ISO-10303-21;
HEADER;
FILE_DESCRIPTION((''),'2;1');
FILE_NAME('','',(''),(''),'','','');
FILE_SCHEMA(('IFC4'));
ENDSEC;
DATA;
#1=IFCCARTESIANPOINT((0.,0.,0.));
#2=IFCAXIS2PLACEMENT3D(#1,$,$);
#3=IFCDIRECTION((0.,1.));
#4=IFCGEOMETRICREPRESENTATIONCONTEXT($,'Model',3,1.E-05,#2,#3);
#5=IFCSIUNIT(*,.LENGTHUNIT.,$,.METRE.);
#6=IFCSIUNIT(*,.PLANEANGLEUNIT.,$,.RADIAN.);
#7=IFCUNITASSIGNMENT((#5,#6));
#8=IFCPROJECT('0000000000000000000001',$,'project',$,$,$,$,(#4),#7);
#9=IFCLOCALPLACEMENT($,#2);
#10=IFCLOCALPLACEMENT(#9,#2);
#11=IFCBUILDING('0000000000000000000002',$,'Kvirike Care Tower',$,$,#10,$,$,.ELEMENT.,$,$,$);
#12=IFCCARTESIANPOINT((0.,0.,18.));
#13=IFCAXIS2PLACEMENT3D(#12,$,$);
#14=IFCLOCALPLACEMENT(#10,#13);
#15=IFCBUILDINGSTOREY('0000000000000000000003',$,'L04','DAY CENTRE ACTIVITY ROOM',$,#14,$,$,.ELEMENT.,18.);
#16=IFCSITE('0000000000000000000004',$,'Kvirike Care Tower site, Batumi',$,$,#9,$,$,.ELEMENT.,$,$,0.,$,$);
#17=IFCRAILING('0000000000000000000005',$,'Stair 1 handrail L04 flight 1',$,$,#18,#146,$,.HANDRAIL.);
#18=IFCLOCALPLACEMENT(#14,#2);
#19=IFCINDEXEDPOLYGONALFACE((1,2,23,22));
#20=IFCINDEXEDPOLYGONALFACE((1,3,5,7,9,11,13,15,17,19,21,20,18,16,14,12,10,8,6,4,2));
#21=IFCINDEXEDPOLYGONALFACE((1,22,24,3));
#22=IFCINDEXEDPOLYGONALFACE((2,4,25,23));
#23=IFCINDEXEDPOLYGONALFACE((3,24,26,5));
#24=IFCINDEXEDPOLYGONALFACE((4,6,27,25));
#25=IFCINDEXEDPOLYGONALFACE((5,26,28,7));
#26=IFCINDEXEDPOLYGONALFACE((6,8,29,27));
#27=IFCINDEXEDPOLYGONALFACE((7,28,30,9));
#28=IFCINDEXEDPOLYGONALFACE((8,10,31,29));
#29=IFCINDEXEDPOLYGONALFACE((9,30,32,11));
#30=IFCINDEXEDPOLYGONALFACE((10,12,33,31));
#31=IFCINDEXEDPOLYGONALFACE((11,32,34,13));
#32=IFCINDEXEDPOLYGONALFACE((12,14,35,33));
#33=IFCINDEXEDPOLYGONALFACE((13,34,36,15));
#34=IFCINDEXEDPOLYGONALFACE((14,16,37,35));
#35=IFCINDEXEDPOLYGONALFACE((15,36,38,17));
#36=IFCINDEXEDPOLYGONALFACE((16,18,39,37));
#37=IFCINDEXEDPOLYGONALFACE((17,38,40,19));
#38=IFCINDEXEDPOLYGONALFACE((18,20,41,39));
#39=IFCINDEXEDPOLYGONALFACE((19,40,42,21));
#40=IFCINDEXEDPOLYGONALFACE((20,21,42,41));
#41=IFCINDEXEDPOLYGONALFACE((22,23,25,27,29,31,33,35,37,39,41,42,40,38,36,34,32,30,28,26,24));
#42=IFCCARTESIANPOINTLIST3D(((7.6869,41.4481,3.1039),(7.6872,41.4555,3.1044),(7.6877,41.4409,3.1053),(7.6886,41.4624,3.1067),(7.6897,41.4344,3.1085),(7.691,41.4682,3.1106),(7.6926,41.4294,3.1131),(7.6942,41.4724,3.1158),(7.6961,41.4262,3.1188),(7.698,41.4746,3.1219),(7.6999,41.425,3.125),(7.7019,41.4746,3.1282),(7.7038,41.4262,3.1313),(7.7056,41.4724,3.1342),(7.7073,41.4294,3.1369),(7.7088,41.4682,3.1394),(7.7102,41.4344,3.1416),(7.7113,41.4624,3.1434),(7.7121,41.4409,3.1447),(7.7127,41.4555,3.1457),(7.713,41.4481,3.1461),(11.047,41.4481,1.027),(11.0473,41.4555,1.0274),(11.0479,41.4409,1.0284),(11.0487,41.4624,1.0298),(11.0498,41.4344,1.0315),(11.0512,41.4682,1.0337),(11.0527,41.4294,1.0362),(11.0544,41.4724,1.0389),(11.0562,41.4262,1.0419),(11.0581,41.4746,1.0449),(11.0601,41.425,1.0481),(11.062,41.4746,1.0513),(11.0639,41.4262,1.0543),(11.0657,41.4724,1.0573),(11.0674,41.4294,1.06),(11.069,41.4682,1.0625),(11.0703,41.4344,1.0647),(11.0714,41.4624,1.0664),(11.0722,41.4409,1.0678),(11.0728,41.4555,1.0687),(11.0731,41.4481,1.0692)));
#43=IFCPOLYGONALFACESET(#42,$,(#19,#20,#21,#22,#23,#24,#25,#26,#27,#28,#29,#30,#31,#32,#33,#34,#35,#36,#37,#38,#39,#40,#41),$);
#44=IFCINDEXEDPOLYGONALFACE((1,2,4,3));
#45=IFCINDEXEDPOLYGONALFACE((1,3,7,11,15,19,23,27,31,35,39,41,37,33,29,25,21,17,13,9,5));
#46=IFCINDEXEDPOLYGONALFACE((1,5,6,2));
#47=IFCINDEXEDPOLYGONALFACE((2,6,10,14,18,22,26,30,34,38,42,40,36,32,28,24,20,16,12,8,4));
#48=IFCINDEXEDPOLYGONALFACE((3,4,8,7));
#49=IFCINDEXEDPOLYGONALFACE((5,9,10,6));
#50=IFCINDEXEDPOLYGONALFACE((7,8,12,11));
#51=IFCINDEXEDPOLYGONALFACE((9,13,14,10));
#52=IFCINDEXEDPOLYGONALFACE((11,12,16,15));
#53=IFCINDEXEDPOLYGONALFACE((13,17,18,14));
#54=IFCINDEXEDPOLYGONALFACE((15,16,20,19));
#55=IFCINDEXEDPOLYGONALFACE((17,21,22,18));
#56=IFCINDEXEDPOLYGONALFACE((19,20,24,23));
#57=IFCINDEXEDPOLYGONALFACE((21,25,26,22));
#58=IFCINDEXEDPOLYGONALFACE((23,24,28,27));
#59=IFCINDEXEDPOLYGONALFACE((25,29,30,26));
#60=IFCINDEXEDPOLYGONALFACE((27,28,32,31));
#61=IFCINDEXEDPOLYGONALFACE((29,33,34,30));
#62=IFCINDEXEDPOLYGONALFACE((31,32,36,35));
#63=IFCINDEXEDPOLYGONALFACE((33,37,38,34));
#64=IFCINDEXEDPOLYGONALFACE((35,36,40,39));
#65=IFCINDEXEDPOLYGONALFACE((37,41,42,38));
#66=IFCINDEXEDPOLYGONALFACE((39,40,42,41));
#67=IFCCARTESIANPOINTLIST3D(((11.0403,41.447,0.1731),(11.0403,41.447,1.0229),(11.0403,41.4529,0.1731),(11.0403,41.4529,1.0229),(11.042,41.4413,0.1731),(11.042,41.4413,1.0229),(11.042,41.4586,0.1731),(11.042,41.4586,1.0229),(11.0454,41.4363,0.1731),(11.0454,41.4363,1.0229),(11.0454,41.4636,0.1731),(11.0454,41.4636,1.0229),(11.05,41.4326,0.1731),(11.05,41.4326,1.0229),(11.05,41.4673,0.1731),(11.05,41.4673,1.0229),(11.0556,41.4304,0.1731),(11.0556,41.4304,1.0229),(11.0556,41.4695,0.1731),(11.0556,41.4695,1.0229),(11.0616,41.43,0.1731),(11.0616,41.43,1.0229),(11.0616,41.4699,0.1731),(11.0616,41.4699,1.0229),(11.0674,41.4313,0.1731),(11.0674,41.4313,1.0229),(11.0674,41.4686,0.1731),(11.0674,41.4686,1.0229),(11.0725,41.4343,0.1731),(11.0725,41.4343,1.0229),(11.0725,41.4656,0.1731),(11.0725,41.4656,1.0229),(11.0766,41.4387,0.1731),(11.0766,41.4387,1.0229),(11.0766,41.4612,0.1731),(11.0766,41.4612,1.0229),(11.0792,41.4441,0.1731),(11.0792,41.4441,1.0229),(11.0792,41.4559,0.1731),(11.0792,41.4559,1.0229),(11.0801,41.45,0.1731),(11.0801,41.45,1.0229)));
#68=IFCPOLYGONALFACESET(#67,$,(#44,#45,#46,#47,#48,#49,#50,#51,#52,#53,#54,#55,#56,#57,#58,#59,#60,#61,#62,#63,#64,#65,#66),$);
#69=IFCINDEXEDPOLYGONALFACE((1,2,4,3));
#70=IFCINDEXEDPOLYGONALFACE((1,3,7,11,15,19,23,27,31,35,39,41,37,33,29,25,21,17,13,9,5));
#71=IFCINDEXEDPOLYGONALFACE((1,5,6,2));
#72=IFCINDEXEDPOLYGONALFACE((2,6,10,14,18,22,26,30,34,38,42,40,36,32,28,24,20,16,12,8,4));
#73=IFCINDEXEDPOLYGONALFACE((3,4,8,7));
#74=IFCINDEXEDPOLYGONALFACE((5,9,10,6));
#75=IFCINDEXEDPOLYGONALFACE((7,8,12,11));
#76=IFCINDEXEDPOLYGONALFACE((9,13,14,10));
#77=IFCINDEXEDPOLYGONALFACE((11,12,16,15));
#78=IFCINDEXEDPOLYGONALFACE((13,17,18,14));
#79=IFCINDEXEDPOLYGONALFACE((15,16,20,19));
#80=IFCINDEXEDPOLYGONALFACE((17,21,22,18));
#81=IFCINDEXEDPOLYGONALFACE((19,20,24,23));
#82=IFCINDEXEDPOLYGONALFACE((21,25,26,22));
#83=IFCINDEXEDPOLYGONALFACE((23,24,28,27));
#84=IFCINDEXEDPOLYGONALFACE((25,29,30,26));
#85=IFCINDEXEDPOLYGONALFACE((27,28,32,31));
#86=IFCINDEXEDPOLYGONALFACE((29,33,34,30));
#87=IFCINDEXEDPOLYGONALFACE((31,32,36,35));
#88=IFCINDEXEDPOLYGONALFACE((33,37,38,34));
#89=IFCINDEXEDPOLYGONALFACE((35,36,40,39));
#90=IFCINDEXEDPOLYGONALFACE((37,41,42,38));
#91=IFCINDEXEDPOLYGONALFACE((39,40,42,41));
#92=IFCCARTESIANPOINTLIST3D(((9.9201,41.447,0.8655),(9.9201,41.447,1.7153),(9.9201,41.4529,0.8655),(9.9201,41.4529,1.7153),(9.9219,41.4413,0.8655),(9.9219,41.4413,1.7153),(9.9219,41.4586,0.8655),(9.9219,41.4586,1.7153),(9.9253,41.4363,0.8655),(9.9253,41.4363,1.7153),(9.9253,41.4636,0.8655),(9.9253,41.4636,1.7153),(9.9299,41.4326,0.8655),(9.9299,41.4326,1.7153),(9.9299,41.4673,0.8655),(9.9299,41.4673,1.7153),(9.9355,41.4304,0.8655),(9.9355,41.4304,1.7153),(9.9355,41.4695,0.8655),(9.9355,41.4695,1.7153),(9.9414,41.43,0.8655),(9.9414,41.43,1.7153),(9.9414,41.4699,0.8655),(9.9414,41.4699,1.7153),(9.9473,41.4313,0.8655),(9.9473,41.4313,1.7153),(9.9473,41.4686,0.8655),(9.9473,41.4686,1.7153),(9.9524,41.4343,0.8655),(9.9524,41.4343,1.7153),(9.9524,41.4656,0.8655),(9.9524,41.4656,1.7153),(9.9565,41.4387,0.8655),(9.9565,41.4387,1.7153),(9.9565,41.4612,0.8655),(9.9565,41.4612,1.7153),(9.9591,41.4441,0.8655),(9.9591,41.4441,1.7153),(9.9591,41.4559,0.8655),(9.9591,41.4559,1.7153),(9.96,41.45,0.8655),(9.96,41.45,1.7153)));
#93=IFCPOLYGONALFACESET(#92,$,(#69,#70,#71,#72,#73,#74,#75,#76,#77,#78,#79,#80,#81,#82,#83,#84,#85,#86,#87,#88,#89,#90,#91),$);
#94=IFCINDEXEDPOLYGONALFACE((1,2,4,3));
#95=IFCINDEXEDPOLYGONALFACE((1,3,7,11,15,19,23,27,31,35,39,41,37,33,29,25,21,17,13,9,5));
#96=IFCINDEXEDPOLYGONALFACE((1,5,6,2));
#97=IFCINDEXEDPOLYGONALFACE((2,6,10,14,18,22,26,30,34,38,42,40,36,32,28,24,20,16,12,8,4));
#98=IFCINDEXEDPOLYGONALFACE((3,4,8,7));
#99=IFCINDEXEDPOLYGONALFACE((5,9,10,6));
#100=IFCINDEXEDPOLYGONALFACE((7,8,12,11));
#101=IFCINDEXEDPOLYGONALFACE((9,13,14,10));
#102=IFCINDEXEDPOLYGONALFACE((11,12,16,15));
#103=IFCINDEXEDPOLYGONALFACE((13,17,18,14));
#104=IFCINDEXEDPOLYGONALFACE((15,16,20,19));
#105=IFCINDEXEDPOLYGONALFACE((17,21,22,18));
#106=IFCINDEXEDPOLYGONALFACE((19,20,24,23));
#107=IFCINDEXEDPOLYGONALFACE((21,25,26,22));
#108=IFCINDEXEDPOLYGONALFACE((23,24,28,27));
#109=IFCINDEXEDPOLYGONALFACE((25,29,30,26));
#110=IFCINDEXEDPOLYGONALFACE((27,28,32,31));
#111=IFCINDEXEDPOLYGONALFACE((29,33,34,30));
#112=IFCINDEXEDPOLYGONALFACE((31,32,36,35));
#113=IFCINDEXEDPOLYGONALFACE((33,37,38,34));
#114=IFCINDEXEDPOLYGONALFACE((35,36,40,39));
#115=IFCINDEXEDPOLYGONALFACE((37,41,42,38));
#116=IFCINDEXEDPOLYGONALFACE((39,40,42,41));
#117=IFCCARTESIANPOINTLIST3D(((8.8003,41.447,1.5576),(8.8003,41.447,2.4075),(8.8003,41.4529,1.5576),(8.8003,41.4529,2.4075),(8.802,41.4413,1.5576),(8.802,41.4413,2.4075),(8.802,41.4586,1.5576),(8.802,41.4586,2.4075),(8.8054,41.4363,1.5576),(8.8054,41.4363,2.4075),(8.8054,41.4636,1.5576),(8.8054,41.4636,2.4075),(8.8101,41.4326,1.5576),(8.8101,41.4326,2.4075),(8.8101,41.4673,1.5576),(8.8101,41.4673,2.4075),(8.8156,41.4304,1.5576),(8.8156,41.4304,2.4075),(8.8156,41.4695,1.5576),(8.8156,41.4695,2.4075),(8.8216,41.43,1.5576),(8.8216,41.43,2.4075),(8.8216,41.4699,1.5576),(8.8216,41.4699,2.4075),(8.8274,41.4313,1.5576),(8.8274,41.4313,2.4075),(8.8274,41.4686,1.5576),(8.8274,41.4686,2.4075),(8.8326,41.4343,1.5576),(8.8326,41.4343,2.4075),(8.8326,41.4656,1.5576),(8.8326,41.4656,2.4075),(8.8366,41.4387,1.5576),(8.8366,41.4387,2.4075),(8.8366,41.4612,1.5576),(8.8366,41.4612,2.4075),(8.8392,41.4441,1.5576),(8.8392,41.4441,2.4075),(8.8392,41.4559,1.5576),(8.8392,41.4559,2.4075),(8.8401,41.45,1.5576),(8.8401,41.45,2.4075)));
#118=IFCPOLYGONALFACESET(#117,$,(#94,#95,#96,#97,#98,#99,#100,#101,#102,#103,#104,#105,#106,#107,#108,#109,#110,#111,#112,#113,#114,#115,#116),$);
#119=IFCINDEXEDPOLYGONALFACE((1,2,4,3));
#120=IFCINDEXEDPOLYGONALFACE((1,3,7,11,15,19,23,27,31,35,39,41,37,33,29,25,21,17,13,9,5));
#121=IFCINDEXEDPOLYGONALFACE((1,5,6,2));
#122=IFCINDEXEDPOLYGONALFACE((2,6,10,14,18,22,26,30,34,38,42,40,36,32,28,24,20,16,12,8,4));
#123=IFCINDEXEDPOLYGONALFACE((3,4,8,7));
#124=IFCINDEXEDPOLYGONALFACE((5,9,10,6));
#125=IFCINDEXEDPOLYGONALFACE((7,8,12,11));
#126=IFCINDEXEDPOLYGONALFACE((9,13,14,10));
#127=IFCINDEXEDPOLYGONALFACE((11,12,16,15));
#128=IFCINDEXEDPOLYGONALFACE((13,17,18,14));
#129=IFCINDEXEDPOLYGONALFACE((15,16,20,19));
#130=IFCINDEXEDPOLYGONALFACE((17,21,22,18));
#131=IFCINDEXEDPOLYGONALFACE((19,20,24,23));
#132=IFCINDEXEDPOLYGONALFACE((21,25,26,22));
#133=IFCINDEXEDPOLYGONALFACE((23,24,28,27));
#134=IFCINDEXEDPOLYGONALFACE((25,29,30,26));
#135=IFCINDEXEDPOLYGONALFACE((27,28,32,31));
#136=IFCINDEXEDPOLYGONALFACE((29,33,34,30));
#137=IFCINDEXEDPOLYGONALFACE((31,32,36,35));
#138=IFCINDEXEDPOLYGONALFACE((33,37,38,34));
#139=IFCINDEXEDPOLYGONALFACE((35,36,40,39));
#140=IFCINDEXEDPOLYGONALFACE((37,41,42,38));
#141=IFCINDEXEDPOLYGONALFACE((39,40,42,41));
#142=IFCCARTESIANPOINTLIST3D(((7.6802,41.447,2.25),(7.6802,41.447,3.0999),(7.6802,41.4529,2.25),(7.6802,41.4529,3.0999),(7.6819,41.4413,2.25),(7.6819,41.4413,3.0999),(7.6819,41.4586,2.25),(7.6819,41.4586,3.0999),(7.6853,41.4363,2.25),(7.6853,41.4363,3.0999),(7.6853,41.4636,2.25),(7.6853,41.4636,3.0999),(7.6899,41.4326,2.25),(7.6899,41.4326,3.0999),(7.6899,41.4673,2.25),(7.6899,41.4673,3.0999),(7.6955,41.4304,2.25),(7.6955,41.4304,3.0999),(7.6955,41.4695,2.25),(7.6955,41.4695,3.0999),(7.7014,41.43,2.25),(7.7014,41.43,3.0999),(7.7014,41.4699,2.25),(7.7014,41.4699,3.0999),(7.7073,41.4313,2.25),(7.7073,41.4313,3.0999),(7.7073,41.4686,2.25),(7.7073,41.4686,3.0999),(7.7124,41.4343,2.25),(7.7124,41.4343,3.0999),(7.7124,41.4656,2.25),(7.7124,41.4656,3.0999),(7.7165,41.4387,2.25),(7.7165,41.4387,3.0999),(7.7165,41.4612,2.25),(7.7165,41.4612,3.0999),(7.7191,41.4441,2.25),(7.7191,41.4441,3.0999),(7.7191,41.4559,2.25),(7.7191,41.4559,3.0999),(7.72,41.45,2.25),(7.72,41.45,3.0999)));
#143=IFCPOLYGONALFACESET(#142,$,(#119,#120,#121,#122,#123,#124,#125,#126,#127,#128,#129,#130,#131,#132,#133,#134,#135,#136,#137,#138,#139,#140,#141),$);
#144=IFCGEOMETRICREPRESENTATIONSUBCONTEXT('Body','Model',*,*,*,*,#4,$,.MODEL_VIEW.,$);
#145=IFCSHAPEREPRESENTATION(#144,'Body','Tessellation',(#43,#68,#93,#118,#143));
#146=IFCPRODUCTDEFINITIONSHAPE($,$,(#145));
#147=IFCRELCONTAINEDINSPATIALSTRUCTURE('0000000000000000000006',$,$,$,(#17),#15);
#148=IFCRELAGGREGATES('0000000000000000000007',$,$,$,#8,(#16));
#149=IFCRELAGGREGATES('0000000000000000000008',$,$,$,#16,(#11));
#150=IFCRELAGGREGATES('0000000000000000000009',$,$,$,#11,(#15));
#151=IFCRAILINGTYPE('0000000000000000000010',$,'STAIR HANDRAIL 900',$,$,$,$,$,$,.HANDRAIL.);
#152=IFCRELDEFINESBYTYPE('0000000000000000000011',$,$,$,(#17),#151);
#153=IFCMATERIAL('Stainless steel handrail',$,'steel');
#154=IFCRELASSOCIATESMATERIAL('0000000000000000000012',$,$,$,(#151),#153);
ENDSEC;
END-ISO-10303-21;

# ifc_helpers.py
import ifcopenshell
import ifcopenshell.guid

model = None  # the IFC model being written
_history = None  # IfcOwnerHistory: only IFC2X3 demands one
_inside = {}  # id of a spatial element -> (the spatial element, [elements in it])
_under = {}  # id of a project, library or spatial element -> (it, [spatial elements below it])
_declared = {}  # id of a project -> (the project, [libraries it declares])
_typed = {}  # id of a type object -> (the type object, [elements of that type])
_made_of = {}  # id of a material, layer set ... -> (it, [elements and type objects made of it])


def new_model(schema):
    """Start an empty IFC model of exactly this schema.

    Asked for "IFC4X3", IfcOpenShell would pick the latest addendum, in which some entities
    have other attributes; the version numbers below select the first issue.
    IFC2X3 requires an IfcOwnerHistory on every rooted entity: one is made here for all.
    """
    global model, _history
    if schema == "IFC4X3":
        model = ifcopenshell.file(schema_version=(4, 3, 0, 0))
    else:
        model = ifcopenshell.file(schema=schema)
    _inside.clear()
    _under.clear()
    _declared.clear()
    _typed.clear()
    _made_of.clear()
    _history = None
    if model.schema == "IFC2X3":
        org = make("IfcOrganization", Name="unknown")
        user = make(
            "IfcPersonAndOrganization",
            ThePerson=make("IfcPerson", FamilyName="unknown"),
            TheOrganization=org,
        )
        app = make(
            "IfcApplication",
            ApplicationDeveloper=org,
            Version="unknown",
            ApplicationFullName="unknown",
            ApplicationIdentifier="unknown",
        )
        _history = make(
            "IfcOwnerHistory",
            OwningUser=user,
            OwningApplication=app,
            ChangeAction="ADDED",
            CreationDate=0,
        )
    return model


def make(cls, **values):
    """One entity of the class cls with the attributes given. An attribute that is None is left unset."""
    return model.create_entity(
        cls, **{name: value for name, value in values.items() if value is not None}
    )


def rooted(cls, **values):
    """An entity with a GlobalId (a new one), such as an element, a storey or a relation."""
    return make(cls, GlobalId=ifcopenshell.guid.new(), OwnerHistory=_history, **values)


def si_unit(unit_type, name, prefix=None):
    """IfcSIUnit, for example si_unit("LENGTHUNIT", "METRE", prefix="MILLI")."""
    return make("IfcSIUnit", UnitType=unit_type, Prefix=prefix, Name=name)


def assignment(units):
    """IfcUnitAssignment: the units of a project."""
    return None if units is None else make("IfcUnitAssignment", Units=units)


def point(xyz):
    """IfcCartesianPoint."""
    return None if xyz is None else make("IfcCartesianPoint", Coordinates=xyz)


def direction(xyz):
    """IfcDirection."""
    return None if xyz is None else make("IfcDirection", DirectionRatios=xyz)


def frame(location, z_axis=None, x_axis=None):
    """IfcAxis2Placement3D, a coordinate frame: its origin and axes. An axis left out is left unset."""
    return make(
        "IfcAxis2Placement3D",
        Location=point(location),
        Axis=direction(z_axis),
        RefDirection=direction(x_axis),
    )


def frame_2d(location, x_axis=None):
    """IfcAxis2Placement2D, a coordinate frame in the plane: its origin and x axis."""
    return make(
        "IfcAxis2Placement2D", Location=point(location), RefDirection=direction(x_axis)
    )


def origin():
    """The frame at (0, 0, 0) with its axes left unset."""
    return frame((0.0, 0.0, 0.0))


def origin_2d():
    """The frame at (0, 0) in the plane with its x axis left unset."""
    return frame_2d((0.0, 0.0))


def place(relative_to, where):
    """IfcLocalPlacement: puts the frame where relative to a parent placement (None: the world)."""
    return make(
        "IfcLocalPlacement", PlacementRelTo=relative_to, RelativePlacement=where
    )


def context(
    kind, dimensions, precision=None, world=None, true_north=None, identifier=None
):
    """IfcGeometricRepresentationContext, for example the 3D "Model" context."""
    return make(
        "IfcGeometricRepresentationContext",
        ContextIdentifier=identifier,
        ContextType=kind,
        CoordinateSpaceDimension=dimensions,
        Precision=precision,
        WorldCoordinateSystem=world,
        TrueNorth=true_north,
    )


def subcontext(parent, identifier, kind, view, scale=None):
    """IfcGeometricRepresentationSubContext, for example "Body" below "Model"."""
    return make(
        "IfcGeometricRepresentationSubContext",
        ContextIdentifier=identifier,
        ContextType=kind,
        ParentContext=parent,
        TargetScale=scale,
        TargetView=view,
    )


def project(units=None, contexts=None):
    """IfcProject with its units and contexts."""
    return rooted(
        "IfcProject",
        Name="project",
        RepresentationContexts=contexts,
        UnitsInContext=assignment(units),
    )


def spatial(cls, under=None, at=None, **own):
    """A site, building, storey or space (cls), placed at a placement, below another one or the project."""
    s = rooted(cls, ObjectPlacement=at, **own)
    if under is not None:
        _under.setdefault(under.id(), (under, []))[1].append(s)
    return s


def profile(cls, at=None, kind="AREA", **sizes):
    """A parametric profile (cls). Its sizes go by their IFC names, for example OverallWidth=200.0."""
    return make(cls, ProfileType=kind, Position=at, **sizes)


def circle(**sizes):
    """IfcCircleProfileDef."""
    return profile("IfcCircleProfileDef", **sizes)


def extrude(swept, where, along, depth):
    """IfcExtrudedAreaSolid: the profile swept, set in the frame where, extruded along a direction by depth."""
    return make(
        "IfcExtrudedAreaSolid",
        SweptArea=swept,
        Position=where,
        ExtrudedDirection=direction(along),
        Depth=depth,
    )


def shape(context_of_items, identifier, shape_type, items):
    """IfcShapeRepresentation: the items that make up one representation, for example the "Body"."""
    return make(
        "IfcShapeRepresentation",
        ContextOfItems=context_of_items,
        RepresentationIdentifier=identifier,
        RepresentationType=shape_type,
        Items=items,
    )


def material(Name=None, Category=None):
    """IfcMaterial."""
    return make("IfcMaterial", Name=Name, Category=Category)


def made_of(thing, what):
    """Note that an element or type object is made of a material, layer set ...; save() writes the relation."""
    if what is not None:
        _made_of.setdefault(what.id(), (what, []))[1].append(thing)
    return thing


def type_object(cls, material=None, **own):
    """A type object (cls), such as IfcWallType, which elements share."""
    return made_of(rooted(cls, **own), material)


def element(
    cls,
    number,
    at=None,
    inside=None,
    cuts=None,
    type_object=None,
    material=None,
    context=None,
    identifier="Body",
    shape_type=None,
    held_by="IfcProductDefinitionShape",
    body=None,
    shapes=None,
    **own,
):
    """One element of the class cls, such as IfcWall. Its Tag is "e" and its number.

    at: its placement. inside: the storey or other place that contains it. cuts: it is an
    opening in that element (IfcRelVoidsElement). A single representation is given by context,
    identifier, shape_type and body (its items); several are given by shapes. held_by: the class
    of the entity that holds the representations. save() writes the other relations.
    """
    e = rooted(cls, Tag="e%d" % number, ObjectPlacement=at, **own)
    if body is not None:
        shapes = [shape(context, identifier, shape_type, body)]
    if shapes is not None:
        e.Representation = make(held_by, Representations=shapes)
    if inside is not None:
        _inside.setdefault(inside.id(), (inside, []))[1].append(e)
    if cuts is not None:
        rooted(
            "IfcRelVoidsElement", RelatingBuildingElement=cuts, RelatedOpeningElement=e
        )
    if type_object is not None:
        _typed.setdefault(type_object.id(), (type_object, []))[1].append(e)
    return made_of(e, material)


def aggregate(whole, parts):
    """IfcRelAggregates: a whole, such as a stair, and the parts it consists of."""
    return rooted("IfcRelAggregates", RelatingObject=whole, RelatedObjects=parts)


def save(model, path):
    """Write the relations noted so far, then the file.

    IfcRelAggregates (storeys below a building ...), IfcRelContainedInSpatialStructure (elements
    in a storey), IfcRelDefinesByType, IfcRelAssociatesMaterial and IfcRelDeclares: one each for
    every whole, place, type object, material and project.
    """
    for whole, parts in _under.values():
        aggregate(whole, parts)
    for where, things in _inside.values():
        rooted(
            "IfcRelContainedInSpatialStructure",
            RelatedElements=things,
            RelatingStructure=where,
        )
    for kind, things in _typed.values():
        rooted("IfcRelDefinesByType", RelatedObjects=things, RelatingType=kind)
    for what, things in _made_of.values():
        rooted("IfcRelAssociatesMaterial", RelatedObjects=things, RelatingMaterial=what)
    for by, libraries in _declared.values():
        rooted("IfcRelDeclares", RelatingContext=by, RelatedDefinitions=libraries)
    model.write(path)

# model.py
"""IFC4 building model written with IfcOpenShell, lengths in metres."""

from ifc_helpers import new_model, si_unit, direction, frame, origin, origin_2d, place, context, subcontext, project, spatial, circle, extrude, material, type_object, element, save


model = new_model("IFC4")

# Units and contexts
model_context = context("Model", 3, precision=1e-05, world=origin(), true_north=direction((0.0, 1.0)))
body_context = subcontext(model_context, "Body", "Model", "MODEL_VIEW")
ifc_project = project(units=[si_unit("LENGTHUNIT", "METRE"), si_unit("PLANEANGLEUNIT", "RADIAN")], contexts=[model_context])

# Site, building, storey
site_placement = place(None, origin())
site = spatial("IfcSite", under=ifc_project, at=site_placement, Name="Kvirike Care Tower site, Batumi", CompositionType="ELEMENT", RefElevation=0.0)
building_placement = place(site_placement, origin())
building = spatial("IfcBuilding", under=site, at=building_placement, Name="Kvirike Care Tower", CompositionType="ELEMENT")
storey_placement = place(building_placement, frame((0.0, 0.0, 18.0)))
storey = spatial("IfcBuildingStorey", under=building, at=storey_placement, Name="L04", Description="DAY CENTRE ACTIVITY ROOM", CompositionType="ELEMENT", Elevation=18.0)

# Railing
ifc_material_1 = material(Name="Stainless steel handrail", Category="steel")
railing_type = type_object("IfcRailingType", Name="STAIR HANDRAIL 900", PredefinedType="HANDRAIL", material=ifc_material_1)
railing_1_placement = place(storey_placement, frame((11.0601, 41.45, 0.1731)))
element("IfcRailing", 1, at=railing_1_placement, inside=storey, type_object=railing_type, Name="Stair 1 handrail L04 flight 1", PredefinedType="HANDRAIL", context=body_context, shape_type="SweptSolid", body=[
    extrude(circle(Radius=0.0249, at=origin_2d()), frame((0.0, 0.0, 0.875), z_axis=(-0.850623, 0.0, 0.525776), x_axis=(0.0, -1.0, 0.0)), (0.0, 0.0, 1.0), 3.9502),
    extrude(circle(Radius=0.02, at=origin_2d()), origin(), (0.0, 0.0, 1.0), 0.8499),
    extrude(circle(Radius=0.02, at=origin_2d()), frame((-1.1201, 0.0, 0.6924)), (0.0, 0.0, 1.0), 0.8499),
    extrude(circle(Radius=0.02, at=origin_2d()), frame((-2.24, 0.0, 1.3845)), (0.0, 0.0, 1.0), 0.8499),
    extrude(circle(Radius=0.02, at=origin_2d()), frame((-3.3601, 0.0, 2.0769)), (0.0, 0.0, 1.0), 0.8499),
])

save(model, "model.ifc")
